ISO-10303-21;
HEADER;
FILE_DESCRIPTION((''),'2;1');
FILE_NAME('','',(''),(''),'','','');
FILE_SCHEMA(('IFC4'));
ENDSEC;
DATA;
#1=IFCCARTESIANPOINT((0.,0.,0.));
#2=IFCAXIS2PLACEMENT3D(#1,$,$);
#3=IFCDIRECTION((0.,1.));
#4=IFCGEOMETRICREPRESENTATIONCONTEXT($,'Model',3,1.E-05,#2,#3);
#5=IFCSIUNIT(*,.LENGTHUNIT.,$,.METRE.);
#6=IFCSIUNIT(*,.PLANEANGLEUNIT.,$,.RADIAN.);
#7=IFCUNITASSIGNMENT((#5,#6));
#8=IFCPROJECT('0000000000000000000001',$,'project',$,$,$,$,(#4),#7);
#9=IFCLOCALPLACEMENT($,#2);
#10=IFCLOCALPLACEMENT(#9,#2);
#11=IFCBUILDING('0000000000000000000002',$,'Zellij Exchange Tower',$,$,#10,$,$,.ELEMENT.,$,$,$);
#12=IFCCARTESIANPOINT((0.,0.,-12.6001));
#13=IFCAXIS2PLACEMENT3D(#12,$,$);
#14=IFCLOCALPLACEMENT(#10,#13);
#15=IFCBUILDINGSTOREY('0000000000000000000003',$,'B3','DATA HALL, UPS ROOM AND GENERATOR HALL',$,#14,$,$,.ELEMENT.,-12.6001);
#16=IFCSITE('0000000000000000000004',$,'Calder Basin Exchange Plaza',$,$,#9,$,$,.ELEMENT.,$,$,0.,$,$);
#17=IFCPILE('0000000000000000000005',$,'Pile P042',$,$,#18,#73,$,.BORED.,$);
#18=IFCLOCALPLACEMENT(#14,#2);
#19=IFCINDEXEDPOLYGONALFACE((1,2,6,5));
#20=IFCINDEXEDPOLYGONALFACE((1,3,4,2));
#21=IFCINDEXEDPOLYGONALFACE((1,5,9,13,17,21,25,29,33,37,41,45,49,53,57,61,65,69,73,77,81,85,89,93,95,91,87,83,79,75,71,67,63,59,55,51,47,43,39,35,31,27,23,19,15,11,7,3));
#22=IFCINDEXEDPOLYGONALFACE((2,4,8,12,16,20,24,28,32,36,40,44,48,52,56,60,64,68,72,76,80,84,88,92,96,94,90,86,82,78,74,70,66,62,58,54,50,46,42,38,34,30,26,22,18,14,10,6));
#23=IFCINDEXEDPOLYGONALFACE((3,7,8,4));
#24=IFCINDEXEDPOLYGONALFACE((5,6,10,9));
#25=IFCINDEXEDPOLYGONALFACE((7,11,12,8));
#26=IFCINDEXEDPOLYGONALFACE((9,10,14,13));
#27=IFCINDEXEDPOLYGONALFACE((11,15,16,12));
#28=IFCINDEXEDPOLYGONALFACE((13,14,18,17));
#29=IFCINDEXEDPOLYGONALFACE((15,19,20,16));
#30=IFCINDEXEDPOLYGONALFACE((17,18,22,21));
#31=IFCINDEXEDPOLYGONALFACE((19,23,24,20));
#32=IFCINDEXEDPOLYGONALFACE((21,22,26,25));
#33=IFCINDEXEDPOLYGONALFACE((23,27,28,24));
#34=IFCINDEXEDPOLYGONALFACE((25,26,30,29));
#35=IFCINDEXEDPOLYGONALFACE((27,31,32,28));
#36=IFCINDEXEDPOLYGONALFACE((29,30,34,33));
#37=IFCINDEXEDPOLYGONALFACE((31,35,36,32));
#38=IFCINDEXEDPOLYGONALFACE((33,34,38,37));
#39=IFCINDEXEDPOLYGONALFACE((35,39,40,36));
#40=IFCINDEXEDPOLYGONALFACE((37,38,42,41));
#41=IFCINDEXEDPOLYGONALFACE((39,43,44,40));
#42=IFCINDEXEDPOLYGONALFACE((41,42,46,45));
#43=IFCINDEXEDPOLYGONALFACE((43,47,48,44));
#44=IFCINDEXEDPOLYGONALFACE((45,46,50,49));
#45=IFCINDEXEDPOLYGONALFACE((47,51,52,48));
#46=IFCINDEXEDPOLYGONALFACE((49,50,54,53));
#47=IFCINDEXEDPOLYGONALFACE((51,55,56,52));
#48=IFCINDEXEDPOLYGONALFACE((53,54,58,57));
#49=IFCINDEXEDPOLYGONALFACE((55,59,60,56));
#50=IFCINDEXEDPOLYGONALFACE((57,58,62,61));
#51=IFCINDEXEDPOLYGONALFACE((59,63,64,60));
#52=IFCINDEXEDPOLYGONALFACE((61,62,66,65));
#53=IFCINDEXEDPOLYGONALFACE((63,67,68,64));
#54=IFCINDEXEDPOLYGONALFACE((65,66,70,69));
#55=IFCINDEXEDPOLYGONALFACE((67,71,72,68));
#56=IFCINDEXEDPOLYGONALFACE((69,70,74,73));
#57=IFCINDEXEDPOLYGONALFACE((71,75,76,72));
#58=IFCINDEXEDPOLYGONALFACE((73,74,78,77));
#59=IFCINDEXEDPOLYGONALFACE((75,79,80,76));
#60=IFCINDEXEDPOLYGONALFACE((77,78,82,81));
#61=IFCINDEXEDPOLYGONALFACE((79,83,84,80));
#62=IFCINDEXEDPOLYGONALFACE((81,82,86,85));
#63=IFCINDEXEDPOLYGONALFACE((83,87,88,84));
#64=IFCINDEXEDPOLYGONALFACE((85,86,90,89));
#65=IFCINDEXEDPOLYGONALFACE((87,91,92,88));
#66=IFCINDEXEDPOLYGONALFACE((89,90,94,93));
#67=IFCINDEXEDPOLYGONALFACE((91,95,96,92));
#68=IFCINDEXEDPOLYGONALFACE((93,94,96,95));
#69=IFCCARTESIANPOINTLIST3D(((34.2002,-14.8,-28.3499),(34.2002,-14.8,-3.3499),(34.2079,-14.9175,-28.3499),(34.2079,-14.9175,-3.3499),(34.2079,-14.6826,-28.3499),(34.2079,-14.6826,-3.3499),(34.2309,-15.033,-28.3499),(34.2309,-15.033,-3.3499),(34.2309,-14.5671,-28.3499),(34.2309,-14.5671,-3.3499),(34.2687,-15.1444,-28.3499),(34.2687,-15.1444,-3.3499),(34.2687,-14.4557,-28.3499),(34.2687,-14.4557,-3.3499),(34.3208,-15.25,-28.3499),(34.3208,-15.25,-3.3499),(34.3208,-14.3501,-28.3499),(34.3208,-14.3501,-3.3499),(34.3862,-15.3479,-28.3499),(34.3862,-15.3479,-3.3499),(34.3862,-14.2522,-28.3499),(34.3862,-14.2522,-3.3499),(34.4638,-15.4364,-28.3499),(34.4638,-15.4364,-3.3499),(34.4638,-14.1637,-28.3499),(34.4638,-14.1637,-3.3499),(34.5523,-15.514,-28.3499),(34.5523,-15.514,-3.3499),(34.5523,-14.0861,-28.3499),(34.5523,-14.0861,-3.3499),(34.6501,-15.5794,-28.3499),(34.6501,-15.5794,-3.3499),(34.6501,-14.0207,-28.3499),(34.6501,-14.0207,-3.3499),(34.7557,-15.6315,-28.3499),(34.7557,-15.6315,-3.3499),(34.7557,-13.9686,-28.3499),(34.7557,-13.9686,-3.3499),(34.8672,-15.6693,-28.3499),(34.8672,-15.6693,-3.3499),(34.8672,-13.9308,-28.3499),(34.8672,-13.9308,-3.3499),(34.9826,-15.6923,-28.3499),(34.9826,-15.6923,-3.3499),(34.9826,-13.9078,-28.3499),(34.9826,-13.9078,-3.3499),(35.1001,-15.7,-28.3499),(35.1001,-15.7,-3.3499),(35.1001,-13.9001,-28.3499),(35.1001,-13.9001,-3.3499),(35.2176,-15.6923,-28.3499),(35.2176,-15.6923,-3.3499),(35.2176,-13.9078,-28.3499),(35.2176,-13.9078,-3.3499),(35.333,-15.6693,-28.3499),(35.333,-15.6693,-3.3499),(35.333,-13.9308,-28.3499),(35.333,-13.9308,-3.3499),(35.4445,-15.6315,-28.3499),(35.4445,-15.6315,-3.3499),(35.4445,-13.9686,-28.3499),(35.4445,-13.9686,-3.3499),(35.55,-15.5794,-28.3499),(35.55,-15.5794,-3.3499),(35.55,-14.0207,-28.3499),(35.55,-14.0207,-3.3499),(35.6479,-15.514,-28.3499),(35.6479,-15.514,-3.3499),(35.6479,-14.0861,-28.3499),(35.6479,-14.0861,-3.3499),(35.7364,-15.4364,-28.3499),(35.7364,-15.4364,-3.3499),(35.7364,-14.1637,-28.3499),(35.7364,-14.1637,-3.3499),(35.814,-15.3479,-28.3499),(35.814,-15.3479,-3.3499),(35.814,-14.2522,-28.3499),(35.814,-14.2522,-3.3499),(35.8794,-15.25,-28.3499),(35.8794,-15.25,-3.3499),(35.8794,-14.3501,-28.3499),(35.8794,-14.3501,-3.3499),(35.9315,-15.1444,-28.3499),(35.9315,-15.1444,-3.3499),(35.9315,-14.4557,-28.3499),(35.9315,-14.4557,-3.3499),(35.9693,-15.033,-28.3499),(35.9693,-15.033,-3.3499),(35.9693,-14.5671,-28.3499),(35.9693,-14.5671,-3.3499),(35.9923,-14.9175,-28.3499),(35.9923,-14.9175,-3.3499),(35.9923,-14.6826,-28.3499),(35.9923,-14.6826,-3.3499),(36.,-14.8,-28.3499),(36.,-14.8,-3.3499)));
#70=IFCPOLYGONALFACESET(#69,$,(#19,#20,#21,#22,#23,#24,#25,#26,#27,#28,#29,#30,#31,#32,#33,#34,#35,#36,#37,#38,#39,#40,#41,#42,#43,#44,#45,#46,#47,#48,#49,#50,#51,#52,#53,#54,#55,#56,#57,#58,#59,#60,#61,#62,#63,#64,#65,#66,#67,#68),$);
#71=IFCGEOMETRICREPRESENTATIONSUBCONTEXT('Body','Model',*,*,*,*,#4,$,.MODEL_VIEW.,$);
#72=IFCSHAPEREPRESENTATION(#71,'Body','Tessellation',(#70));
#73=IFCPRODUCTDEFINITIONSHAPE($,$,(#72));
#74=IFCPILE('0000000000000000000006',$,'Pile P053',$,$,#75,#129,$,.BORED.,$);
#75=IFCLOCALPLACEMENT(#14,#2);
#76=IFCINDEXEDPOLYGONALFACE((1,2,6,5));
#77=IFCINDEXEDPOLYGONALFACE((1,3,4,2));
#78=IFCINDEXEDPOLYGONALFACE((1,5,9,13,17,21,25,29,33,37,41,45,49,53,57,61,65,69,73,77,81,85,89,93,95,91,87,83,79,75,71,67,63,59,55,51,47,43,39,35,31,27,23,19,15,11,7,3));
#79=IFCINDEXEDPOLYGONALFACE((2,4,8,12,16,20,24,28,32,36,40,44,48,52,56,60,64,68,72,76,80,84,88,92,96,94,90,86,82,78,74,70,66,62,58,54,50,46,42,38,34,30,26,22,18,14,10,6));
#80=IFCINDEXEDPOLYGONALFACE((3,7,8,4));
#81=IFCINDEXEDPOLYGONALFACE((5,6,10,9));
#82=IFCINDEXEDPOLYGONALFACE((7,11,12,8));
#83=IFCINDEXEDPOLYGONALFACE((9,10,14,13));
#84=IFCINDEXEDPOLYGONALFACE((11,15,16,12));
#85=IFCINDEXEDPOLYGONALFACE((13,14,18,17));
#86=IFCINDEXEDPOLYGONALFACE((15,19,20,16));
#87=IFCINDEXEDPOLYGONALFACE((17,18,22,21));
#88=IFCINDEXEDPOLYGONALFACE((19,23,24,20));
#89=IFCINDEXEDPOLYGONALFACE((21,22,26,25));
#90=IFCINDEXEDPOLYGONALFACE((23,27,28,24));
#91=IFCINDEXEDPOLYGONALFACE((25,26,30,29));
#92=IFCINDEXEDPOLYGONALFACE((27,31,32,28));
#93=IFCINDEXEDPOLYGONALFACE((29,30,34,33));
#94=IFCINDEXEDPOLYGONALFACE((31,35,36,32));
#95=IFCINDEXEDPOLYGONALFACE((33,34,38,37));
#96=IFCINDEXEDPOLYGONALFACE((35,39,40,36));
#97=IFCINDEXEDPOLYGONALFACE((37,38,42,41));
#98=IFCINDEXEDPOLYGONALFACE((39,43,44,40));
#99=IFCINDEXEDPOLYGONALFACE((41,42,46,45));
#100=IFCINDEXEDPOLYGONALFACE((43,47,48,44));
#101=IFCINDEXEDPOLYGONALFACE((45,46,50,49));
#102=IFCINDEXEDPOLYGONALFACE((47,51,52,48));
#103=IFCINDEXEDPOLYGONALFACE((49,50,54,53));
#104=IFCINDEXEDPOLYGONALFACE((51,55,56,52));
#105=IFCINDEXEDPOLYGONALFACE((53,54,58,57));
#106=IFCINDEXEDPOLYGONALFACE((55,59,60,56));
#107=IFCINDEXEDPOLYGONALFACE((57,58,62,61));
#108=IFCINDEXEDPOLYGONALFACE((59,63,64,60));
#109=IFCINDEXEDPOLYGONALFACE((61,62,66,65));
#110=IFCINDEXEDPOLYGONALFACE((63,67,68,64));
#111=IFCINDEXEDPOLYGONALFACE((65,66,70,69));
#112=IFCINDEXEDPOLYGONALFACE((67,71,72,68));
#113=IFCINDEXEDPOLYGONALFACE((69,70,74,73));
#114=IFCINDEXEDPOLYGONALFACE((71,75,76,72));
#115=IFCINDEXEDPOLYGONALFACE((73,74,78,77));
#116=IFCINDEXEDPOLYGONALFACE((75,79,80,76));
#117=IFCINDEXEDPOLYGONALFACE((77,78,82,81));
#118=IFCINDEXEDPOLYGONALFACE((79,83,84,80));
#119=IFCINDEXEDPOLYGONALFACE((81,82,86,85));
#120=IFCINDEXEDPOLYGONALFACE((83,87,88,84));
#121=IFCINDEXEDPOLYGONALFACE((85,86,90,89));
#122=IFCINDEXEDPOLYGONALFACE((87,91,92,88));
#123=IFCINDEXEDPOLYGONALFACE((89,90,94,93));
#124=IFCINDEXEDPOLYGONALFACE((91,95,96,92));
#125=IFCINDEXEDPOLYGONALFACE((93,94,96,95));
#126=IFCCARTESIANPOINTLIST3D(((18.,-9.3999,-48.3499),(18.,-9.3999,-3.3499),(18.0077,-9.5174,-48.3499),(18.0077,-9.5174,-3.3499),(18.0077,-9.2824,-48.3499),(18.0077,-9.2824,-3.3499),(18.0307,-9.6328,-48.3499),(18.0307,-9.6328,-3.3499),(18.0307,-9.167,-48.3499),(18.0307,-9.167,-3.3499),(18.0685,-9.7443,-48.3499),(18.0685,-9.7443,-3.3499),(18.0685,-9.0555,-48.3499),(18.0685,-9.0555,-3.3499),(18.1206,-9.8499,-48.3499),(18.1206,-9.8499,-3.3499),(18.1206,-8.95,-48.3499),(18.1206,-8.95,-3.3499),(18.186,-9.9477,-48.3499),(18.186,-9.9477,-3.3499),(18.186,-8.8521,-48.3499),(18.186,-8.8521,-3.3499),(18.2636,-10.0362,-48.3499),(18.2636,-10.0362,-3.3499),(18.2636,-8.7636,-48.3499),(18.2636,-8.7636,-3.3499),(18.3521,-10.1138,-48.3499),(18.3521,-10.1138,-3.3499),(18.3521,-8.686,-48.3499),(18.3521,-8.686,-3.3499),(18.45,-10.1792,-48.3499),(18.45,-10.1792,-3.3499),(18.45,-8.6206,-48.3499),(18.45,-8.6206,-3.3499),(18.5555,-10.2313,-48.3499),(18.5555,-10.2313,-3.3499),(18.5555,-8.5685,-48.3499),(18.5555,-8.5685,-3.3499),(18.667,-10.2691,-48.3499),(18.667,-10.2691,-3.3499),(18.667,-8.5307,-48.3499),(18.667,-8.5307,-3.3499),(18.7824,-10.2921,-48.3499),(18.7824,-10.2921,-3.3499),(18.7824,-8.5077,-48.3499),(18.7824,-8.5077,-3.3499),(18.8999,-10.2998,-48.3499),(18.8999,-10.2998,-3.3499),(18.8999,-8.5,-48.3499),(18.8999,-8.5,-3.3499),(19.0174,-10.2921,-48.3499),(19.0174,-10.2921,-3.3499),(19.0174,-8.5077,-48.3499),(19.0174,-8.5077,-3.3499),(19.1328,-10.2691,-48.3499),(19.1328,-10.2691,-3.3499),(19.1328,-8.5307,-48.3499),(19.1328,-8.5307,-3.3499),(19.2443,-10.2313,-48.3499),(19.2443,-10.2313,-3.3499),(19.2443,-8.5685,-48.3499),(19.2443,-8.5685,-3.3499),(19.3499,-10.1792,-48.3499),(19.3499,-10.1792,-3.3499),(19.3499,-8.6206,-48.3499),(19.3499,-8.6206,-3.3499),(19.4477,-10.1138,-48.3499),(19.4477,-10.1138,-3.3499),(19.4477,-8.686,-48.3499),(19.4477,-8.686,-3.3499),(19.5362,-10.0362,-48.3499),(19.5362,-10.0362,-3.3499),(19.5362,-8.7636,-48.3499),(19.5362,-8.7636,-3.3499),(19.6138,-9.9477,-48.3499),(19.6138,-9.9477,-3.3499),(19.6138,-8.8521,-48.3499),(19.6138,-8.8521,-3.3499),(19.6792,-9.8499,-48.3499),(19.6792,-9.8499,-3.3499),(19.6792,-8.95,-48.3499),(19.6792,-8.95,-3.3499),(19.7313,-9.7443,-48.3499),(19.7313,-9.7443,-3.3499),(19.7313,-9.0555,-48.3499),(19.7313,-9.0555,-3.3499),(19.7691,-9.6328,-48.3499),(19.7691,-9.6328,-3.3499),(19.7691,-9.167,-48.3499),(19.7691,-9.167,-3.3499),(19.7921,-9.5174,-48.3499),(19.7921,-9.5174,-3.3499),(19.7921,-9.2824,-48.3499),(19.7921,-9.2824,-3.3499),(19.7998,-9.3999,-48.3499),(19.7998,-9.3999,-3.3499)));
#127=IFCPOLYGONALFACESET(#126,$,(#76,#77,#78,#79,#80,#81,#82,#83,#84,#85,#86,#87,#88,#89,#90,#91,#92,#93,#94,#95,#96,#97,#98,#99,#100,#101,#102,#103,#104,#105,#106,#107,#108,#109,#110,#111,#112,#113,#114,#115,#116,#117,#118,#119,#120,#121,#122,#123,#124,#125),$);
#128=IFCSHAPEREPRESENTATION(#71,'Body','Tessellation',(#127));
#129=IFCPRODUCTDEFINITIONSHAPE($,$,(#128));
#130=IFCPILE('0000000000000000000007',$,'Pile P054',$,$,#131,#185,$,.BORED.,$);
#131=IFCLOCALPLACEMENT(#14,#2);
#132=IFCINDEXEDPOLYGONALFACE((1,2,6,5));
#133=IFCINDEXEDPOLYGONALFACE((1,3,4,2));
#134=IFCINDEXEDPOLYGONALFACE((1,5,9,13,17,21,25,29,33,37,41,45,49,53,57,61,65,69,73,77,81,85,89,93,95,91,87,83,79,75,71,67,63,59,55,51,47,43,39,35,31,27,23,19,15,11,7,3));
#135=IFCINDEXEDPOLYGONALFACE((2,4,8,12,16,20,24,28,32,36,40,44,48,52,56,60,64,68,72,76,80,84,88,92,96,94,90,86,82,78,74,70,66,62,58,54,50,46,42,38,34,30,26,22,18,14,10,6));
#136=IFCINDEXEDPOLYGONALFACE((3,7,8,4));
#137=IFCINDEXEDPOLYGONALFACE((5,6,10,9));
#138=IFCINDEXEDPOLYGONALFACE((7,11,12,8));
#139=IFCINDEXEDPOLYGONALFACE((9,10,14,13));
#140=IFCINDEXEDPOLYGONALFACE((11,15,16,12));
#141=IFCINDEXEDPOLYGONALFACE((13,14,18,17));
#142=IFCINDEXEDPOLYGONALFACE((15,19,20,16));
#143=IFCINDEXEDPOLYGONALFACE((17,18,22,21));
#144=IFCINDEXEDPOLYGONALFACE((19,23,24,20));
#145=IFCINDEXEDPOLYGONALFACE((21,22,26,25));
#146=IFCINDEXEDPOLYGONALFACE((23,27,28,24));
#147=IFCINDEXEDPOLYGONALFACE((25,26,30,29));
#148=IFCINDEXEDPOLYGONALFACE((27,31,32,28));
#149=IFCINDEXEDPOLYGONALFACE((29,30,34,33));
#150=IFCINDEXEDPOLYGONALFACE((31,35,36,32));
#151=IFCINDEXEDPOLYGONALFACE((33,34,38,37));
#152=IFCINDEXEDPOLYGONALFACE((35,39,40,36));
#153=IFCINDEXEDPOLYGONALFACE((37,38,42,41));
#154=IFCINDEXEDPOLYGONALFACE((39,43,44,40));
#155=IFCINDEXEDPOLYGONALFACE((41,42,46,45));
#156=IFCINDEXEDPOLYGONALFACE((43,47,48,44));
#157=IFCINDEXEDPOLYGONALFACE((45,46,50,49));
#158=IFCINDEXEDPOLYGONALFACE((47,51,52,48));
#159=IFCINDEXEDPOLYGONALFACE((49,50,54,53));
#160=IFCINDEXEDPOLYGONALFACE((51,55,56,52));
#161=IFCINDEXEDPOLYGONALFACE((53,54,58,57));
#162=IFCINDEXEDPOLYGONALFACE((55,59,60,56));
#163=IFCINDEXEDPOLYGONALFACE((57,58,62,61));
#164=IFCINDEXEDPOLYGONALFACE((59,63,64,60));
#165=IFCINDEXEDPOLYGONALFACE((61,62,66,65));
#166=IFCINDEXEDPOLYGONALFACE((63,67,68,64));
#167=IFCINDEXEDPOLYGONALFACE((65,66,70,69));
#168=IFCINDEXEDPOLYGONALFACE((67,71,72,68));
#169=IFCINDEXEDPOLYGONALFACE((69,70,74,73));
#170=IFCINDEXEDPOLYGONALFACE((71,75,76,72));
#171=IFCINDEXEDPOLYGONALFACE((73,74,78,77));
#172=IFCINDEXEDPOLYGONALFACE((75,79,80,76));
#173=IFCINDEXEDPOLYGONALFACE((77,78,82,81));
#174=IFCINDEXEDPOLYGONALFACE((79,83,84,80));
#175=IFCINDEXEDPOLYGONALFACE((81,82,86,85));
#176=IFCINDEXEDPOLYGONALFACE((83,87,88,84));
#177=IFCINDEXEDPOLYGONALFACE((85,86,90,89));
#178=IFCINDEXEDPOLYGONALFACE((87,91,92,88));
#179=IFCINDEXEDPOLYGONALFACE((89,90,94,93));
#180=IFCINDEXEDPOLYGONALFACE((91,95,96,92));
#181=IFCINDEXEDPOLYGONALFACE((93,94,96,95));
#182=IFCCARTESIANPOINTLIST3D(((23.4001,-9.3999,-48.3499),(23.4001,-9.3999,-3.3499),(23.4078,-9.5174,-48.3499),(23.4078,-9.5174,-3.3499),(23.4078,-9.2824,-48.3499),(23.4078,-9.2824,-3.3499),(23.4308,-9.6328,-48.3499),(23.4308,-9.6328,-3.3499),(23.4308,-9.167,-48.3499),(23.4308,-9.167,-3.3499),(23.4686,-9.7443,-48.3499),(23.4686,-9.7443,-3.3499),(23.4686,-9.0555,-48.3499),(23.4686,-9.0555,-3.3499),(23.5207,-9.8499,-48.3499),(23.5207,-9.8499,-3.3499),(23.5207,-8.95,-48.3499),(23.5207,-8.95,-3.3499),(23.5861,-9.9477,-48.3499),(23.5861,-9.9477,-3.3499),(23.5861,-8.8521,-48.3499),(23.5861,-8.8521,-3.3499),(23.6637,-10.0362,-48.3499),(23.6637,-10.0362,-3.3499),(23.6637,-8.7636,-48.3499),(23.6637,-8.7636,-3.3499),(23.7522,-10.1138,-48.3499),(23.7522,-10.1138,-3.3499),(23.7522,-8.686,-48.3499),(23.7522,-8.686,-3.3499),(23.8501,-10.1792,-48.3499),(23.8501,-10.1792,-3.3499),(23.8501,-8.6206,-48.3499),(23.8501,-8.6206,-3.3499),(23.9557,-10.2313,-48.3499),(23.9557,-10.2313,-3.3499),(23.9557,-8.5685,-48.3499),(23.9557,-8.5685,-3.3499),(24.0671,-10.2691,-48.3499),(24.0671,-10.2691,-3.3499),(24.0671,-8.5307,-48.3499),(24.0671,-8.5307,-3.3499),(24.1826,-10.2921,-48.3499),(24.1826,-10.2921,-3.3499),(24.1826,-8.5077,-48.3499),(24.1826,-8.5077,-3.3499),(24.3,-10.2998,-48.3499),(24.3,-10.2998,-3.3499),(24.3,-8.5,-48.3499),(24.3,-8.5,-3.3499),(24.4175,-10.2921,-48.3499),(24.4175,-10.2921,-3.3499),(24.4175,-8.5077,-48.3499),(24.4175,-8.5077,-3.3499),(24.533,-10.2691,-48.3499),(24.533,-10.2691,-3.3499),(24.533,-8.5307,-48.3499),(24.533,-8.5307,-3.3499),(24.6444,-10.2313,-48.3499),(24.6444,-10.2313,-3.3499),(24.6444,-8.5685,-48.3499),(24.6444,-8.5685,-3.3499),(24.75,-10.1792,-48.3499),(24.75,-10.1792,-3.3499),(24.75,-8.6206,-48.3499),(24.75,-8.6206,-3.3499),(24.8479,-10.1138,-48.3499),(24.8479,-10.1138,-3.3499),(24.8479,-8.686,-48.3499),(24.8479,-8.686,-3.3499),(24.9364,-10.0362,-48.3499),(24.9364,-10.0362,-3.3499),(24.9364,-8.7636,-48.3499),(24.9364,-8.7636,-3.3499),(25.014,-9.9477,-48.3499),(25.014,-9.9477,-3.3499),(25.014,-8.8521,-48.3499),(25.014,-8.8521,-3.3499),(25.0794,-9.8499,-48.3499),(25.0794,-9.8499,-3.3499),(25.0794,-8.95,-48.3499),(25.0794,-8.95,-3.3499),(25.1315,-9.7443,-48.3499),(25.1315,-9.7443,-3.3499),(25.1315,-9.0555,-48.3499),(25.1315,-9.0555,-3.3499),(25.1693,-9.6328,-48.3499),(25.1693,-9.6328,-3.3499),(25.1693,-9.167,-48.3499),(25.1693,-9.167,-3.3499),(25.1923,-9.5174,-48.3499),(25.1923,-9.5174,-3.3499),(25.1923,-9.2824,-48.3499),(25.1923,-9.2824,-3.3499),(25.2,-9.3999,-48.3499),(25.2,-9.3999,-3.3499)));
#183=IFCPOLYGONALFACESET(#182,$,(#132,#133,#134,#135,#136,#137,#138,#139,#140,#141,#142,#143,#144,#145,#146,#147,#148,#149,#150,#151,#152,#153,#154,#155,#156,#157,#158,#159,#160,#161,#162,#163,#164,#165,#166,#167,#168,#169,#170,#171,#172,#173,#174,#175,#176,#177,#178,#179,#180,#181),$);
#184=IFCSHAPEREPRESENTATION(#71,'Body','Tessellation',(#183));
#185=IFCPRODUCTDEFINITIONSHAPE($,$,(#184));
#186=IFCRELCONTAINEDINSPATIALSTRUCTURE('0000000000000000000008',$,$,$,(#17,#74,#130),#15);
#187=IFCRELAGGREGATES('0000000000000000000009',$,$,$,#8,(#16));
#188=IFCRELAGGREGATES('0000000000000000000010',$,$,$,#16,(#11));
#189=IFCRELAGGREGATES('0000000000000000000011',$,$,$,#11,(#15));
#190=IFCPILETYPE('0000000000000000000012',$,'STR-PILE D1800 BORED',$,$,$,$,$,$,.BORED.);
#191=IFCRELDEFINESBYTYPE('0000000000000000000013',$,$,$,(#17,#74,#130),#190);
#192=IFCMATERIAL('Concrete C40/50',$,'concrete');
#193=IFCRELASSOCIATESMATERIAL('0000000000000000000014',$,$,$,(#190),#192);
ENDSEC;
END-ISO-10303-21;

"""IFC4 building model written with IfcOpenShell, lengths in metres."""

from ifc_helpers import new_model, si_unit, direction, frame, origin, origin_2d, place, context, subcontext, project, spatial, circle, extrude, material, material_profile, profile_set, type_object, element, save


model = new_model("IFC4")

# Units and contexts
model_context = context("Model", 3, precision=1e-05, world=origin(), true_north=direction((0.0, 1.0)))
body_context = subcontext(model_context, "Body", "Model", "MODEL_VIEW")
ifc_project = project(units=[si_unit("LENGTHUNIT", "METRE"), si_unit("PLANEANGLEUNIT", "RADIAN")], contexts=[model_context])

# Site, building, storey
site_placement = place(None, origin())
site = spatial("IfcSite", under=ifc_project, at=site_placement, Name="Calder Basin Exchange Plaza", CompositionType="ELEMENT", RefElevation=0.0)
building_placement = place(site_placement, origin())
building = spatial("IfcBuilding", under=site, at=building_placement, Name="Zellij Exchange Tower", CompositionType="ELEMENT")
storey_placement = place(building_placement, frame((0.0, 0.0, -12.6001)))
storey = spatial("IfcBuildingStorey", under=building, at=storey_placement, Name="B3", Description="DATA HALL, UPS ROOM AND GENERATOR HALL", CompositionType="ELEMENT", Elevation=-12.6001)

# Piles
ifc_material_1 = material(Name="Concrete C40/50", Category="concrete")
ifc_material_profile_1 = material_profile(ifc_material_1, circle(Radius=0.8999, at=origin_2d()), Name="STR-PILE D1800 BORED")
ifc_profile_set_1 = profile_set([ifc_material_profile_1], Name="Concrete C40/50")
pile_type = type_object("IfcPileType", Name="STR-PILE D1800 BORED", PredefinedType="BORED", material=ifc_profile_set_1)
pile_1_placement = place(storey_placement, frame((35.1001, -14.8, -3.3499), z_axis=(0.0, 0.0, -1.0), x_axis=(1.0, 0.0, 0.0)))
element("IfcPile", 1, at=pile_1_placement, inside=storey, type_object=pile_type, Name="Pile P042", PredefinedType="BORED", context=body_context, shape_type="SweptSolid", body=[
    extrude(circle(Radius=0.8999, at=origin_2d()), origin(), (0.0, 0.0, 1.0), 25.0),
])
for number, where, z_axis, x_axis, name in (
    (2, (18.8999, -9.3999, -3.3499), (0.0, 0.0, -1.0), (1.0, 0.0, 0.0), "Pile P053"),
    (3, (24.3, -9.3999, -3.3499), (0.0, 0.0, -1.0), (1.0, 0.0, 0.0), "Pile P054"),
):
    element("IfcPile", number, at=place(storey_placement, frame(where, z_axis=z_axis, x_axis=x_axis)), inside=storey, type_object=pile_type, Name=name, PredefinedType="BORED", context=body_context, shape_type="SweptSolid", body=[
        extrude(circle(Radius=0.8999, at=origin_2d()), origin(), (0.0, 0.0, 1.0), 45.0),
    ])

save(model, "model.ifc")
